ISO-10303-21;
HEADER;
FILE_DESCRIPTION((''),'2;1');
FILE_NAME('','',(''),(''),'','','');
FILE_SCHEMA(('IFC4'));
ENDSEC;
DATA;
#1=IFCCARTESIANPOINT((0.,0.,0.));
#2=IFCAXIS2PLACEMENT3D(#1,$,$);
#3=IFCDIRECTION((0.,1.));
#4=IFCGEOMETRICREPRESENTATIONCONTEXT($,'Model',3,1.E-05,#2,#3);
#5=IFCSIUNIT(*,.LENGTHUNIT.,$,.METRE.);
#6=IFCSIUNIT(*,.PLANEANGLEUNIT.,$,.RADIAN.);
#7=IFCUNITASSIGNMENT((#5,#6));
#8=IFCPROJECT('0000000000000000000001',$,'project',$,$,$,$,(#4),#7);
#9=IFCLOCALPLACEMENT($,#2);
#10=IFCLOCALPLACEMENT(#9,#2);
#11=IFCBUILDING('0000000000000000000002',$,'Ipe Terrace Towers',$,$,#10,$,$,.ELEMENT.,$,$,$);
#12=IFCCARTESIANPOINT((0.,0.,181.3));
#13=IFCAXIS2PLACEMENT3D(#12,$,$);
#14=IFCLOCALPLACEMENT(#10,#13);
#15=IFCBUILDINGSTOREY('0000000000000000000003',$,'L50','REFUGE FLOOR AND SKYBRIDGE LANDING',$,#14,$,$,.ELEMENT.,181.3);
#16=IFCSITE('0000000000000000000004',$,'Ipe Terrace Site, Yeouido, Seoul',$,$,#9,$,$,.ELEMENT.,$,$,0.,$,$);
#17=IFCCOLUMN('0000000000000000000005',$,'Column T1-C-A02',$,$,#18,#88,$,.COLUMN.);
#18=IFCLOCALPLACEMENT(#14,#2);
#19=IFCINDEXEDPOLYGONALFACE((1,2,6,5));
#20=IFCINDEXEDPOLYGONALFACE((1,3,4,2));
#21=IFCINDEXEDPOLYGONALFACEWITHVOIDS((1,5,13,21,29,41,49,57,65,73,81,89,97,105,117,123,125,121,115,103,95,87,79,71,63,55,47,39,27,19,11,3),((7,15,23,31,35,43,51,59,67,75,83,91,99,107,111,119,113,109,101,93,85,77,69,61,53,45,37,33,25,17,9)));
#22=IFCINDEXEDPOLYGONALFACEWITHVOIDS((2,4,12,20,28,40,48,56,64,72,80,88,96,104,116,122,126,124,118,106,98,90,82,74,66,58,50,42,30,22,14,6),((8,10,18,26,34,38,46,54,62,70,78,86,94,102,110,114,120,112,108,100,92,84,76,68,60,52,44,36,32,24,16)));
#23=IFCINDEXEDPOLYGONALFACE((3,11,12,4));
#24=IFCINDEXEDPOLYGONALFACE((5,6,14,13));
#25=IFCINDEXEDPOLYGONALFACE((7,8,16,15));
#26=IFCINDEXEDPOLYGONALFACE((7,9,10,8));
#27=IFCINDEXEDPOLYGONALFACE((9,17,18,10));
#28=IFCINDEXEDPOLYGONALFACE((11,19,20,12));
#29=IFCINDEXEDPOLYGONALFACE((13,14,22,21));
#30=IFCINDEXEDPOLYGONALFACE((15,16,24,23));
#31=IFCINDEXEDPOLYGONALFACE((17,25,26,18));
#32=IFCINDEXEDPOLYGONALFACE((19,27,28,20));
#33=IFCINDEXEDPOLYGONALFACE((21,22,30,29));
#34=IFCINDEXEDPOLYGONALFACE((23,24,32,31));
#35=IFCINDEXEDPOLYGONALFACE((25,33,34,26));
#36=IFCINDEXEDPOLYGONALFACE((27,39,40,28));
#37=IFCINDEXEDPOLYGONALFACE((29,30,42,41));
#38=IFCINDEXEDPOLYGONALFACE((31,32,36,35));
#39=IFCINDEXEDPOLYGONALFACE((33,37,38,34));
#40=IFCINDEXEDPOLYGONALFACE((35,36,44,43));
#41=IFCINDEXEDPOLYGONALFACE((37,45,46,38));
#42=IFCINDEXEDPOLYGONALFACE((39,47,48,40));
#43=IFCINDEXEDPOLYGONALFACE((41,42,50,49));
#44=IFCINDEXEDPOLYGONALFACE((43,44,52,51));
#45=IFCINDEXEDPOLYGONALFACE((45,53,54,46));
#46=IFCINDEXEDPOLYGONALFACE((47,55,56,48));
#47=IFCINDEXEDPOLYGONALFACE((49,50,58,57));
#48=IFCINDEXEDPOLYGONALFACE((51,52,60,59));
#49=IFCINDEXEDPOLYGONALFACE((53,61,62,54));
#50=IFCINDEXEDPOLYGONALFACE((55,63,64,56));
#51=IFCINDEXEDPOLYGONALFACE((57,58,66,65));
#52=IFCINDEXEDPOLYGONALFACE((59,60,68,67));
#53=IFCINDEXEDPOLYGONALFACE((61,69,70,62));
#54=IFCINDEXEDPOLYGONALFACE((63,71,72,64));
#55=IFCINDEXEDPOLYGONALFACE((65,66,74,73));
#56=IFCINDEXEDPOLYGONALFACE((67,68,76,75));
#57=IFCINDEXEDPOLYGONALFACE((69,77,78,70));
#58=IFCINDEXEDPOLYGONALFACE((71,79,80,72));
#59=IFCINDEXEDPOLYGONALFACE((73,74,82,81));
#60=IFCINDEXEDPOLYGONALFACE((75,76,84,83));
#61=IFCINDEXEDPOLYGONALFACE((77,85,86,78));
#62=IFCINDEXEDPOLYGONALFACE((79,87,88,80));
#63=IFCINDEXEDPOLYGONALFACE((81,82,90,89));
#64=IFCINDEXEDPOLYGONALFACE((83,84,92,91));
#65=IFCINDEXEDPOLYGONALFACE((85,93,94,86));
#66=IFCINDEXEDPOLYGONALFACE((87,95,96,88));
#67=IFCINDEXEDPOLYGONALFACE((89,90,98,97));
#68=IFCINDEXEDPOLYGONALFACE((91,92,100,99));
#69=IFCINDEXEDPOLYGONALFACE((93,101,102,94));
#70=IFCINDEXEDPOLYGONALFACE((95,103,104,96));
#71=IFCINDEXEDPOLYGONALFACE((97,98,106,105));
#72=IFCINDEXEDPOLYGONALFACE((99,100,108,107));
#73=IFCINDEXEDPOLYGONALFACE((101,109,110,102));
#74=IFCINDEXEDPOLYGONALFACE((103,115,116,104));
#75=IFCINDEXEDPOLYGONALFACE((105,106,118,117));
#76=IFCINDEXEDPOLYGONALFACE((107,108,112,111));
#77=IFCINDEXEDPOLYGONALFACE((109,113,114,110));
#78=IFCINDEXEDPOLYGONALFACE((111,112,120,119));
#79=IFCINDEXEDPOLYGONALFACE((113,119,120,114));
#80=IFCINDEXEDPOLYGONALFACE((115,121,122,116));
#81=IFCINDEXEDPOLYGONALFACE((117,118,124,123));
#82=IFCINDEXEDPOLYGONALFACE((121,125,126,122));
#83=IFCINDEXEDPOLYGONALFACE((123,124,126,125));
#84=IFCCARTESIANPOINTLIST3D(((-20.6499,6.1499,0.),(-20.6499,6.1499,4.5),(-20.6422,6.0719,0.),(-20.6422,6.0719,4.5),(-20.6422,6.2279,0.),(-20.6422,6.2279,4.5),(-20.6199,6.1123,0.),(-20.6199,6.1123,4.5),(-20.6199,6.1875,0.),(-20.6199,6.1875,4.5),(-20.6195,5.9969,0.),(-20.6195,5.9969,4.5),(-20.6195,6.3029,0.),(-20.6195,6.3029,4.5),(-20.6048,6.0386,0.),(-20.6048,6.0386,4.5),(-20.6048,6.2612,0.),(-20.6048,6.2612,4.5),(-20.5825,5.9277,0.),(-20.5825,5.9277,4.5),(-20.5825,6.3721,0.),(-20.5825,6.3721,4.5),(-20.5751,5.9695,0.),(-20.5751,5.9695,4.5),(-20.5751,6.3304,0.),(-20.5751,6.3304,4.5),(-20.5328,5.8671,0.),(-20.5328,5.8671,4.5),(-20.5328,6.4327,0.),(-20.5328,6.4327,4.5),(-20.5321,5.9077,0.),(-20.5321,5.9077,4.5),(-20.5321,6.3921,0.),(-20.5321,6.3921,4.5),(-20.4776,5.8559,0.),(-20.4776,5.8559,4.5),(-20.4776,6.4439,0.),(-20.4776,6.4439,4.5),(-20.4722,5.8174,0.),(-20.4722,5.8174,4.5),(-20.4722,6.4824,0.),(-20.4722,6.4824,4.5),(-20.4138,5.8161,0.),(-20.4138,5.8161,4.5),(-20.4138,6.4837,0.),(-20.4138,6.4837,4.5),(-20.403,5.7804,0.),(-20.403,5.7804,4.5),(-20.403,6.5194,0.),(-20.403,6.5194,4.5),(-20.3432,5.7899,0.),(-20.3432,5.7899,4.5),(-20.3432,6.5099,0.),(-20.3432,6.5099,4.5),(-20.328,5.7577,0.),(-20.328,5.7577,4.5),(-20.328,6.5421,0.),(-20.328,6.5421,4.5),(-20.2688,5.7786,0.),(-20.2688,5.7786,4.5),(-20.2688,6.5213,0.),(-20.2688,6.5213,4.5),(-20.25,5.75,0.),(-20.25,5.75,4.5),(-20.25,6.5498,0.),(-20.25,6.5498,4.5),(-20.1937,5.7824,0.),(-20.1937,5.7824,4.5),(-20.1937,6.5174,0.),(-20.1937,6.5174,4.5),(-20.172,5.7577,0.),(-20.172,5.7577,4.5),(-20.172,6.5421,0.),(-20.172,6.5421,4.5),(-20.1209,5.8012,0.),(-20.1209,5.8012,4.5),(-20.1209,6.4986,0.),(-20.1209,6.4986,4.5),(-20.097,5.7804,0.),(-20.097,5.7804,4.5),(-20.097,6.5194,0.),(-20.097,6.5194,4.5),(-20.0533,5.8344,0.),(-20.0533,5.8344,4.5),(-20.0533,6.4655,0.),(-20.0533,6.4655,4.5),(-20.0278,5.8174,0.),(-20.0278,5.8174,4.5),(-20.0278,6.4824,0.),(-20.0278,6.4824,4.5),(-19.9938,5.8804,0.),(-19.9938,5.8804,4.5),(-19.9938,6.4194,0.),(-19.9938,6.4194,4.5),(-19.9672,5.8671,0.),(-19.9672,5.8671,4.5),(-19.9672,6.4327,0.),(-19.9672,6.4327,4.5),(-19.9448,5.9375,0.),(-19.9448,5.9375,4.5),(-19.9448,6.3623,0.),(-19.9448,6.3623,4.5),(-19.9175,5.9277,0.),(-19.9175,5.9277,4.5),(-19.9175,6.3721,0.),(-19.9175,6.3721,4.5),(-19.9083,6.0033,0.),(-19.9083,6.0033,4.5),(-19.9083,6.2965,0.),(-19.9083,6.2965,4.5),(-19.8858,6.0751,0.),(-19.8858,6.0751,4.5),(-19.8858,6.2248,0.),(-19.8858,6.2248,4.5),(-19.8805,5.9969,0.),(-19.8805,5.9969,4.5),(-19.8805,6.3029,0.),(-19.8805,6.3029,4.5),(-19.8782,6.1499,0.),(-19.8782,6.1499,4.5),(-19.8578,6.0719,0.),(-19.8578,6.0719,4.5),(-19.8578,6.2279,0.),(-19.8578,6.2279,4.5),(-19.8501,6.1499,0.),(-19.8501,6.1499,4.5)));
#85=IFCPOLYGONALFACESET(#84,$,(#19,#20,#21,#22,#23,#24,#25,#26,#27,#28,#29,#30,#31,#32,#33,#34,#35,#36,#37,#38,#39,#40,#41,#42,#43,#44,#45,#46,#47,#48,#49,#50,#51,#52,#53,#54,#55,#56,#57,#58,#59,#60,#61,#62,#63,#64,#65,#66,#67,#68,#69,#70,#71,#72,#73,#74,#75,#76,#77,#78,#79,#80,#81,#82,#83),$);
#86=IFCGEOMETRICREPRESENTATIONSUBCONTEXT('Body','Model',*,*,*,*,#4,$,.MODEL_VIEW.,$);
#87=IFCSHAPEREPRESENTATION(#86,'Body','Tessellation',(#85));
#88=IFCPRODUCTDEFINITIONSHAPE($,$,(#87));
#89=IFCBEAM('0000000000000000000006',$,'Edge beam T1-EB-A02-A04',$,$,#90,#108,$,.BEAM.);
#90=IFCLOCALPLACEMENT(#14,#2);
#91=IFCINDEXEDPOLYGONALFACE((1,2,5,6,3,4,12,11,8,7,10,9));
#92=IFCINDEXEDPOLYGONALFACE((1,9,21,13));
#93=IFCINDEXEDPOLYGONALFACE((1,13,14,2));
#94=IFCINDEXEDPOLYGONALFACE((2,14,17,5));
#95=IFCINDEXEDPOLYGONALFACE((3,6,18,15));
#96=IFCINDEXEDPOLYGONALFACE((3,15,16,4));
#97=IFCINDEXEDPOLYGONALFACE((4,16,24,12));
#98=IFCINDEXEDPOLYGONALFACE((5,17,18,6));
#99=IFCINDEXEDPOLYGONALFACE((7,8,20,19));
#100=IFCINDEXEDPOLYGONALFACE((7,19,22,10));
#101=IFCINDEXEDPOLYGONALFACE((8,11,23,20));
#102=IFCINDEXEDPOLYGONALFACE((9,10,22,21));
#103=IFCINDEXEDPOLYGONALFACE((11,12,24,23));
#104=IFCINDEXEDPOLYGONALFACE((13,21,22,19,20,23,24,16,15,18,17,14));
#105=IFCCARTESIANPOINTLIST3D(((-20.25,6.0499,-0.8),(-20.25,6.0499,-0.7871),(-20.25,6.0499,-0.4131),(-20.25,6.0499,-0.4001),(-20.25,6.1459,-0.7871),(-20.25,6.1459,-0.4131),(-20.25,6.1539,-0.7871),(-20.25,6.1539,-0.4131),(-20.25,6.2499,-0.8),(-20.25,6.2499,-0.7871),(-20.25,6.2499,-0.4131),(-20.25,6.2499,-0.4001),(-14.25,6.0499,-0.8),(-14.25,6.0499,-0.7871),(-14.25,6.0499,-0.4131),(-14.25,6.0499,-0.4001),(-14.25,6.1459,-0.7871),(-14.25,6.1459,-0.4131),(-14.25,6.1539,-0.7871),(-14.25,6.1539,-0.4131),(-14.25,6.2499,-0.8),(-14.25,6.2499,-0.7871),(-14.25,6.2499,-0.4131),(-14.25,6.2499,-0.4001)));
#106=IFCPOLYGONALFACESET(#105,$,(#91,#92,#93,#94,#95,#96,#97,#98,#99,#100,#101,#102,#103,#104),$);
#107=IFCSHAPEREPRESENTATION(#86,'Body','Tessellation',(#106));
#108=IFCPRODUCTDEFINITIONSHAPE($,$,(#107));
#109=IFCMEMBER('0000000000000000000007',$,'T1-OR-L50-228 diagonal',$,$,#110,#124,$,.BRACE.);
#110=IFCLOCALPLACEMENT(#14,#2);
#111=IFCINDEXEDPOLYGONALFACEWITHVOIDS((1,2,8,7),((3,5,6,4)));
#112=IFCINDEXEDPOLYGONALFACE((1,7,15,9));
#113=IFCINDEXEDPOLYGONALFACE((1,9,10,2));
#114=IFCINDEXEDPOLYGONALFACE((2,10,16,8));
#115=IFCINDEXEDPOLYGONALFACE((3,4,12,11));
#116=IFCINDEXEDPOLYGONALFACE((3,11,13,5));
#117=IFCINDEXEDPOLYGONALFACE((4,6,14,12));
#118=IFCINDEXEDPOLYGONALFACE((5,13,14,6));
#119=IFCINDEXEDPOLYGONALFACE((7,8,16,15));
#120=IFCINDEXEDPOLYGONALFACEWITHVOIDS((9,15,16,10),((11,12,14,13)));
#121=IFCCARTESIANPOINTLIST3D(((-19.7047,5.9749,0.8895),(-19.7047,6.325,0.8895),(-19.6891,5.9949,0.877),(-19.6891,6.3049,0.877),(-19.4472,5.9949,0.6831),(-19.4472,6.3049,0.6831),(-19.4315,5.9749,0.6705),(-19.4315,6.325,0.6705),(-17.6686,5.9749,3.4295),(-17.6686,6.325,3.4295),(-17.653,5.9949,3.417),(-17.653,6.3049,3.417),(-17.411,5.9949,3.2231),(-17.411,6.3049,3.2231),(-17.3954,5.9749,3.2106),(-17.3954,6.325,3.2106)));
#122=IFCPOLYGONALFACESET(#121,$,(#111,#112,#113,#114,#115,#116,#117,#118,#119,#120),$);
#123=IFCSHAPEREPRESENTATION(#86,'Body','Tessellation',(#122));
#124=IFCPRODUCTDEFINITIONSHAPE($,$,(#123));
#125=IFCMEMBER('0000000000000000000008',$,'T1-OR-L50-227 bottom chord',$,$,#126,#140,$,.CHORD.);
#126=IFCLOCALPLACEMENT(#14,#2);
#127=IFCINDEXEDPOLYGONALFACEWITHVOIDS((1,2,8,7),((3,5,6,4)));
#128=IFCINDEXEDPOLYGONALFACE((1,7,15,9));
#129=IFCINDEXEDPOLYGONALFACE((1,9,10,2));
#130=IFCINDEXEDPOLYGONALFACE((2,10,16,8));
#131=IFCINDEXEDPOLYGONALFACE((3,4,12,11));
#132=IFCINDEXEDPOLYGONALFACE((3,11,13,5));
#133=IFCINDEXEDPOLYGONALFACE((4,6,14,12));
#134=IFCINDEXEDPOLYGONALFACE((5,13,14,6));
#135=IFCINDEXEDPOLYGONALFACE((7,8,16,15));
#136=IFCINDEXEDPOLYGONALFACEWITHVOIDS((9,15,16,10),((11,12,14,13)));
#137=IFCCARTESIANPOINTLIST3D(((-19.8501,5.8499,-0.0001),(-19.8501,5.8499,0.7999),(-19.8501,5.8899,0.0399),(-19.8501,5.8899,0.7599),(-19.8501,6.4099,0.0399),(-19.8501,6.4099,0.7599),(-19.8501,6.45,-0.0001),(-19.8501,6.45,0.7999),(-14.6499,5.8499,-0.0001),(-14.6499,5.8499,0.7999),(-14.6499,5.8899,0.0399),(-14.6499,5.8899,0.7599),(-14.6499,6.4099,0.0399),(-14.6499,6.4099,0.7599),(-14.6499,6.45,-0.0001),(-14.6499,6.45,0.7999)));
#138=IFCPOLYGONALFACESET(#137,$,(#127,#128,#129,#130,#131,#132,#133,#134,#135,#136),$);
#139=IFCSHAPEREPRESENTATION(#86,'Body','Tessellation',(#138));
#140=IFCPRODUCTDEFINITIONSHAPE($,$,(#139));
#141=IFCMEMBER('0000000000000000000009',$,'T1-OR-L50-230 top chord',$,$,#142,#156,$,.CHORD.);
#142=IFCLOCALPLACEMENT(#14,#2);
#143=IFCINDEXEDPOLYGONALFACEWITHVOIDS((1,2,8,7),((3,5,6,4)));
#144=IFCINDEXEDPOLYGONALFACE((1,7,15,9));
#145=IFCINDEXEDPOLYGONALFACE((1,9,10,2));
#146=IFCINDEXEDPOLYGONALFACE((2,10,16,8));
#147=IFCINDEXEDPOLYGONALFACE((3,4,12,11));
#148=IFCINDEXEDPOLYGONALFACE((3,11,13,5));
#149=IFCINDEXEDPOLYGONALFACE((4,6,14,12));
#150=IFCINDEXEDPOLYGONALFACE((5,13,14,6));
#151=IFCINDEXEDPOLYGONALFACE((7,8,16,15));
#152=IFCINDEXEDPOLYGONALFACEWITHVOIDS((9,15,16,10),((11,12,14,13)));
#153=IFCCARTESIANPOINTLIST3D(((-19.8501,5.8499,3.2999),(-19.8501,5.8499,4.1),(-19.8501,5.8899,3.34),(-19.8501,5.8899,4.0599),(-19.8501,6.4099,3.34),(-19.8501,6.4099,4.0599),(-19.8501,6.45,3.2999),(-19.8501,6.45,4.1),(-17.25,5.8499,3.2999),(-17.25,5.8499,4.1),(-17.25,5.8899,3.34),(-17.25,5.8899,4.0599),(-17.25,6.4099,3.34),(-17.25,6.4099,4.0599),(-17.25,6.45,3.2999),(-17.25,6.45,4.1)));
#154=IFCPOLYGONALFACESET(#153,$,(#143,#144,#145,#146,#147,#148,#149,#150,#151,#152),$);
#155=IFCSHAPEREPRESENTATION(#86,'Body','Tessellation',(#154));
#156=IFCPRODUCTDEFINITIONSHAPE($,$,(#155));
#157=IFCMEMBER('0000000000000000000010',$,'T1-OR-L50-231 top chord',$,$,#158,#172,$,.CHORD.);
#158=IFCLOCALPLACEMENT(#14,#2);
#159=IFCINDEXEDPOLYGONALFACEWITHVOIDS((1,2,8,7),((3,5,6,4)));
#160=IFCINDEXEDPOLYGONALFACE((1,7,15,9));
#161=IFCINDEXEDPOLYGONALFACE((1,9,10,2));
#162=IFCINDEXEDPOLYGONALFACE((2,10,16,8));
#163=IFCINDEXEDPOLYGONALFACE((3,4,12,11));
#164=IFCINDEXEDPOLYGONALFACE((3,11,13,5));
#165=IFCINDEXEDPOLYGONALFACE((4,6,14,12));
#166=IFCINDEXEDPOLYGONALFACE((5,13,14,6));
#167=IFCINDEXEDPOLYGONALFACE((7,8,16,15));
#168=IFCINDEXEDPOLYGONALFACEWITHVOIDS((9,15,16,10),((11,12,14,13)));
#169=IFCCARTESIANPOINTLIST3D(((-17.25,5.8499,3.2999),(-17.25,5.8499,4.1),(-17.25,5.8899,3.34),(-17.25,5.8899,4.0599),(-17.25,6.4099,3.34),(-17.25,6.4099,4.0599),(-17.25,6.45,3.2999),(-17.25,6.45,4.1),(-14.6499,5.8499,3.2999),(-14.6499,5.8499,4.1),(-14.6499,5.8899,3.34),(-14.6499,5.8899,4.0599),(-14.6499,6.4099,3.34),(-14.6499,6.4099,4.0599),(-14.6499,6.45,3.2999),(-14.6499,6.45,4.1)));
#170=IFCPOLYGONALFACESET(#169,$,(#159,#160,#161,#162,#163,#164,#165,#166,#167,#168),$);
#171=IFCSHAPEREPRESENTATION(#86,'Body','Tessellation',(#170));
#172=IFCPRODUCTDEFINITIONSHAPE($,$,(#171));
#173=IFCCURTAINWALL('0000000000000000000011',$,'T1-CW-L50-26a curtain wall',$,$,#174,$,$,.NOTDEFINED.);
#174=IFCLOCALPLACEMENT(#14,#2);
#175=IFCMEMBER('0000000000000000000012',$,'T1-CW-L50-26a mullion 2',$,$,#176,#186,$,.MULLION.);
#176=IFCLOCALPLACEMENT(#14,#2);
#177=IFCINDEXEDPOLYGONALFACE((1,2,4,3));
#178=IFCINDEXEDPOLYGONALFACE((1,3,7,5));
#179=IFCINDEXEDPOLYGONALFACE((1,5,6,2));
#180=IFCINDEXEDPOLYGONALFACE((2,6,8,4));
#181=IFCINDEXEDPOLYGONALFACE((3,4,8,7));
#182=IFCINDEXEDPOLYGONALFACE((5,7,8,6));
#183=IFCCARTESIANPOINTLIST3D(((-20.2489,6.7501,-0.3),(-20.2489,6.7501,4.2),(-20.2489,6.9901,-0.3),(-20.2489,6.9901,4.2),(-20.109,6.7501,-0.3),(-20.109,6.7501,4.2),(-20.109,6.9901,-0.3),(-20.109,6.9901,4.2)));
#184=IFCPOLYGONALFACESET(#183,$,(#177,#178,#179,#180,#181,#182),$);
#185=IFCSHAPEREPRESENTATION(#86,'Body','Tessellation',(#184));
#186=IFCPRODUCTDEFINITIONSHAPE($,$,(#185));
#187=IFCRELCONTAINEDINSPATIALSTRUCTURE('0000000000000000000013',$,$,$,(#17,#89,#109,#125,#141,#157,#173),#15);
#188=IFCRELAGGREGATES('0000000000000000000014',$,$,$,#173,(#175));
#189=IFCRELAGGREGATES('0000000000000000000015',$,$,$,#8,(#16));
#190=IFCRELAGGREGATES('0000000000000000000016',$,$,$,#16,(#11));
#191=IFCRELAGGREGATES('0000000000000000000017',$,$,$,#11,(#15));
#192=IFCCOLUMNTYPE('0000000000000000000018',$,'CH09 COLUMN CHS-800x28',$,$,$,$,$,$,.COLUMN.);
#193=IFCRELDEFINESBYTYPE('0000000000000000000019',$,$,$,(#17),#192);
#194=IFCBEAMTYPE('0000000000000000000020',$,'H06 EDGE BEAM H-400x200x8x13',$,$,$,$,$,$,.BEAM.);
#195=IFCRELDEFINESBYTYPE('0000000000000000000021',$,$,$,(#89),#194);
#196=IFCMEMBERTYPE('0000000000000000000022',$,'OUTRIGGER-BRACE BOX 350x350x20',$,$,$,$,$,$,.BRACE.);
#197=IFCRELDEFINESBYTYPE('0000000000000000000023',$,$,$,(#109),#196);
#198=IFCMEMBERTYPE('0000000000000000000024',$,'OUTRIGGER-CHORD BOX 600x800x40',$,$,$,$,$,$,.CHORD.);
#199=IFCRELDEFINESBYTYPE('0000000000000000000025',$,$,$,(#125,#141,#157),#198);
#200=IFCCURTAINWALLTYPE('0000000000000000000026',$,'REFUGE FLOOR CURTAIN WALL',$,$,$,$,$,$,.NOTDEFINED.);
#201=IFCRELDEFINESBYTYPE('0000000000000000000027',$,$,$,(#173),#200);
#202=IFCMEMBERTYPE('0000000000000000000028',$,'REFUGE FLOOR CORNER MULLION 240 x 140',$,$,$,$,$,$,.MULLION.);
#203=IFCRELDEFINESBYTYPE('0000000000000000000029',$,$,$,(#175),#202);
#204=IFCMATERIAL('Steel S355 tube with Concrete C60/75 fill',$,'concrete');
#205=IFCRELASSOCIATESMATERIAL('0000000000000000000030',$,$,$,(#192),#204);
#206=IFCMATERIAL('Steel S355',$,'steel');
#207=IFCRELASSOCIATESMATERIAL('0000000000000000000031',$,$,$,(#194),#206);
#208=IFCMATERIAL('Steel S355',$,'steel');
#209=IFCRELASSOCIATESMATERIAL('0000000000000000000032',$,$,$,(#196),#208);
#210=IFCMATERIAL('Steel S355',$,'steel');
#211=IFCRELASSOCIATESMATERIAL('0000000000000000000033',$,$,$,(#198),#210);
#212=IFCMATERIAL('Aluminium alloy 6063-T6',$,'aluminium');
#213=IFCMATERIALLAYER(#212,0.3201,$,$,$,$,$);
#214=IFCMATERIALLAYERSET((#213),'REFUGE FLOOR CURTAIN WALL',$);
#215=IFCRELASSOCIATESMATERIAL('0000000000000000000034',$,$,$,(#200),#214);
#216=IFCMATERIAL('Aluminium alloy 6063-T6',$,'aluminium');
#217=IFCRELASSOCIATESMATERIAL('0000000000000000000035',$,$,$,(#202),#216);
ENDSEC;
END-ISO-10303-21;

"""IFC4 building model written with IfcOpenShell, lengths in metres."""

from ifc_helpers import new_model, si_unit, direction, frame, origin, origin_2d, place, context, subcontext, project, spatial, rectangle, hollow_rectangle, hollow_circle, i_section, extrude, material, layer, layer_set, material_profile, profile_set, type_object, element, aggregate, save


model = new_model("IFC4")

# Units and contexts
model_context = context("Model", 3, precision=1e-05, world=origin(), true_north=direction((0.0, 1.0)))
body_context = subcontext(model_context, "Body", "Model", "MODEL_VIEW")
ifc_project = project(units=[si_unit("LENGTHUNIT", "METRE"), si_unit("PLANEANGLEUNIT", "RADIAN")], contexts=[model_context])

# Site, building, storey
site_placement = place(None, origin())
site = spatial("IfcSite", under=ifc_project, at=site_placement, Name="Ipe Terrace Site, Yeouido, Seoul", CompositionType="ELEMENT", RefElevation=0.0)
building_placement = place(site_placement, origin())
building = spatial("IfcBuilding", under=site, at=building_placement, Name="Ipe Terrace Towers", CompositionType="ELEMENT")
storey_placement = place(building_placement, frame((0.0, 0.0, 181.3)))
storey = spatial("IfcBuildingStorey", under=building, at=storey_placement, Name="L50", Description="REFUGE FLOOR AND SKYBRIDGE LANDING", CompositionType="ELEMENT", Elevation=181.3)

# Column
ifc_material_1 = material(Name="Steel S355 tube with Concrete C60/75 fill", Category="concrete")
ifc_material_profile_1 = material_profile(ifc_material_1, hollow_circle(Radius=0.3999, WallThickness=0.0281, at=origin_2d()), Name="CHS-800x28")
ifc_profile_set_1 = profile_set([ifc_material_profile_1], Name="Steel S355 tube with Concrete C60/75 fill")
column_type = type_object("IfcColumnType", Name="CH09 COLUMN CHS-800x28", PredefinedType="COLUMN", material=ifc_profile_set_1)
column_placement = place(storey_placement, frame((-20.25, 6.1499, 0.0), z_axis=(0.0, 0.0, 1.0), x_axis=(1.0, 0.0, 0.0)))
element("IfcColumn", 1, at=column_placement, inside=storey, type_object=column_type, Name="Column T1-C-A02", PredefinedType="COLUMN", context=body_context, shape_type="SweptSolid", body=[
    extrude(hollow_circle(Radius=0.3999, WallThickness=0.0281, at=origin_2d()), origin(), (0.0, 0.0, 1.0), 4.5),
])

# Beam
ifc_material_2 = material(Name="Steel S355", Category="steel")
ifc_material_profile_2 = material_profile(ifc_material_2, i_section(OverallWidth=0.2, OverallDepth=0.3999, WebThickness=0.0081, FlangeThickness=0.0129, at=origin_2d()), Name="H-400x200x8x13")
ifc_profile_set_2 = profile_set([ifc_material_profile_2], Name="Steel S355")
beam_type = type_object("IfcBeamType", Name="H06 EDGE BEAM H-400x200x8x13", PredefinedType="BEAM", material=ifc_profile_set_2)
beam_placement = place(storey_placement, frame((-20.25, 6.1499, -0.6001), z_axis=(1.0, 0.0, 0.0), x_axis=(0.0, 1.0, 0.0)))
element("IfcBeam", 2, at=beam_placement, inside=storey, type_object=beam_type, Name="Edge beam T1-EB-A02-A04", PredefinedType="BEAM", context=body_context, shape_type="SweptSolid", body=[
    extrude(i_section(OverallWidth=0.2, OverallDepth=0.3999, WebThickness=0.0081, FlangeThickness=0.0129, at=origin_2d()), origin(), (0.0, 0.0, 1.0), 6.0),
])

# Members
ifc_material_3 = material(Name="Steel S355", Category="steel")
ifc_material_profile_3 = material_profile(ifc_material_3, hollow_rectangle(XDim=0.3501, YDim=0.3501, WallThickness=0.02, at=origin_2d()), Name="OUTRIGGER-BRACE BOX 350x350x20")
ifc_profile_set_3 = profile_set([ifc_material_profile_3], Name="Steel S355")
member_type_1 = type_object("IfcMemberType", Name="OUTRIGGER-BRACE BOX 350x350x20", PredefinedType="BRACE", material=ifc_profile_set_3)
member_1_placement = place(storey_placement, frame((-19.5681, 6.1499, 0.78), z_axis=(0.625463, 0.0, 0.780254), x_axis=(0.0, 1.0, 0.0)))
element("IfcMember", 3, at=member_1_placement, inside=storey, type_object=member_type_1, Name="T1-OR-L50-228 diagonal", PredefinedType="BRACE", context=body_context, shape_type="SweptSolid", body=[
    extrude(hollow_rectangle(XDim=0.3501, YDim=0.3501, WallThickness=0.02, at=origin_2d()), origin(), (0.0, 0.0, 1.0), 3.2554),
])
ifc_material_4 = material(Name="Steel S355", Category="steel")
ifc_material_profile_4 = material_profile(ifc_material_4, hollow_rectangle(XDim=0.6001, YDim=0.8, WallThickness=0.04, at=origin_2d()), Name="OUTRIGGER-CHORD BOX 600x800x40")
ifc_profile_set_4 = profile_set([ifc_material_profile_4], Name="Steel S355")
member_type_2 = type_object("IfcMemberType", Name="OUTRIGGER-CHORD BOX 600x800x40", PredefinedType="CHORD", material=ifc_profile_set_4)
member_2_placement = place(storey_placement, frame((-19.8501, 6.1499, 0.3999), z_axis=(1.0, 0.0, 0.0), x_axis=(0.0, 1.0, 0.0)))
element("IfcMember", 4, at=member_2_placement, inside=storey, type_object=member_type_2, Name="T1-OR-L50-227 bottom chord", PredefinedType="CHORD", context=body_context, shape_type="SweptSolid", body=[
    extrude(hollow_rectangle(XDim=0.6001, YDim=0.8, WallThickness=0.04, at=origin_2d()), origin(), (0.0, 0.0, 1.0), 5.2002),
])
for number, where, z_axis, x_axis, name in (
    (5, (-19.8501, 6.1499, 3.7), (1.0, 0.0, 0.0), (0.0, 1.0, 0.0), "T1-OR-L50-230 top chord"),
    (6, (-17.25, 6.1499, 3.7), (1.0, 0.0, 0.0), (0.0, 1.0, 0.0), "T1-OR-L50-231 top chord"),
):
    element("IfcMember", number, at=place(storey_placement, frame(where, z_axis=z_axis, x_axis=x_axis)), inside=storey, type_object=member_type_2, Name=name, PredefinedType="CHORD", context=body_context, shape_type="SweptSolid", body=[
        extrude(hollow_rectangle(XDim=0.6001, YDim=0.8, WallThickness=0.04, at=origin_2d()), origin(), (0.0, 0.0, 1.0), 2.6001),
    ])

# Curtain wall, member
ifc_material_5 = material(Name="Aluminium alloy 6063-T6", Category="aluminium")
ifc_layer_1 = layer(ifc_material_5, 0.3201)
ifc_layer_set_1 = layer_set([ifc_layer_1], Name="REFUGE FLOOR CURTAIN WALL")
curtain_wall_type = type_object("IfcCurtainWallType", Name="REFUGE FLOOR CURTAIN WALL", PredefinedType="NOTDEFINED", material=ifc_layer_set_1)
curtain_wall_placement = place(storey_placement, origin())
curtain_wall = element("IfcCurtainWall", 7, at=curtain_wall_placement, inside=storey, type_object=curtain_wall_type, Name="T1-CW-L50-26a curtain wall", PredefinedType="NOTDEFINED")
ifc_material_6 = material(Name="Aluminium alloy 6063-T6", Category="aluminium")
ifc_material_profile_5 = material_profile(ifc_material_6, rectangle(XDim=0.24, YDim=0.1399, at=origin_2d()), Name="REFUGE FLOOR CORNER MULLION 240 x 140")
ifc_profile_set_5 = profile_set([ifc_material_profile_5], Name="Aluminium alloy 6063-T6")
member_type_3 = type_object("IfcMemberType", Name="REFUGE FLOOR CORNER MULLION 240 x 140", PredefinedType="MULLION", material=ifc_profile_set_5)
member_3_placement = place(storey_placement, frame((-20.179, 6.8701, -0.3), z_axis=(0.0, 0.0, 1.0), x_axis=(0.0, 1.0, 0.0)))
member_3 = element("IfcMember", 8, at=member_3_placement, type_object=member_type_3, Name="T1-CW-L50-26a mullion 2", PredefinedType="MULLION", context=body_context, shape_type="SweptSolid", body=[
    extrude(rectangle(XDim=0.24, YDim=0.1399, at=origin_2d()), origin(), (0.0, 0.0, 1.0), 4.5),
])
aggregate(curtain_wall, [member_3])

save(model, "model.ifc")
